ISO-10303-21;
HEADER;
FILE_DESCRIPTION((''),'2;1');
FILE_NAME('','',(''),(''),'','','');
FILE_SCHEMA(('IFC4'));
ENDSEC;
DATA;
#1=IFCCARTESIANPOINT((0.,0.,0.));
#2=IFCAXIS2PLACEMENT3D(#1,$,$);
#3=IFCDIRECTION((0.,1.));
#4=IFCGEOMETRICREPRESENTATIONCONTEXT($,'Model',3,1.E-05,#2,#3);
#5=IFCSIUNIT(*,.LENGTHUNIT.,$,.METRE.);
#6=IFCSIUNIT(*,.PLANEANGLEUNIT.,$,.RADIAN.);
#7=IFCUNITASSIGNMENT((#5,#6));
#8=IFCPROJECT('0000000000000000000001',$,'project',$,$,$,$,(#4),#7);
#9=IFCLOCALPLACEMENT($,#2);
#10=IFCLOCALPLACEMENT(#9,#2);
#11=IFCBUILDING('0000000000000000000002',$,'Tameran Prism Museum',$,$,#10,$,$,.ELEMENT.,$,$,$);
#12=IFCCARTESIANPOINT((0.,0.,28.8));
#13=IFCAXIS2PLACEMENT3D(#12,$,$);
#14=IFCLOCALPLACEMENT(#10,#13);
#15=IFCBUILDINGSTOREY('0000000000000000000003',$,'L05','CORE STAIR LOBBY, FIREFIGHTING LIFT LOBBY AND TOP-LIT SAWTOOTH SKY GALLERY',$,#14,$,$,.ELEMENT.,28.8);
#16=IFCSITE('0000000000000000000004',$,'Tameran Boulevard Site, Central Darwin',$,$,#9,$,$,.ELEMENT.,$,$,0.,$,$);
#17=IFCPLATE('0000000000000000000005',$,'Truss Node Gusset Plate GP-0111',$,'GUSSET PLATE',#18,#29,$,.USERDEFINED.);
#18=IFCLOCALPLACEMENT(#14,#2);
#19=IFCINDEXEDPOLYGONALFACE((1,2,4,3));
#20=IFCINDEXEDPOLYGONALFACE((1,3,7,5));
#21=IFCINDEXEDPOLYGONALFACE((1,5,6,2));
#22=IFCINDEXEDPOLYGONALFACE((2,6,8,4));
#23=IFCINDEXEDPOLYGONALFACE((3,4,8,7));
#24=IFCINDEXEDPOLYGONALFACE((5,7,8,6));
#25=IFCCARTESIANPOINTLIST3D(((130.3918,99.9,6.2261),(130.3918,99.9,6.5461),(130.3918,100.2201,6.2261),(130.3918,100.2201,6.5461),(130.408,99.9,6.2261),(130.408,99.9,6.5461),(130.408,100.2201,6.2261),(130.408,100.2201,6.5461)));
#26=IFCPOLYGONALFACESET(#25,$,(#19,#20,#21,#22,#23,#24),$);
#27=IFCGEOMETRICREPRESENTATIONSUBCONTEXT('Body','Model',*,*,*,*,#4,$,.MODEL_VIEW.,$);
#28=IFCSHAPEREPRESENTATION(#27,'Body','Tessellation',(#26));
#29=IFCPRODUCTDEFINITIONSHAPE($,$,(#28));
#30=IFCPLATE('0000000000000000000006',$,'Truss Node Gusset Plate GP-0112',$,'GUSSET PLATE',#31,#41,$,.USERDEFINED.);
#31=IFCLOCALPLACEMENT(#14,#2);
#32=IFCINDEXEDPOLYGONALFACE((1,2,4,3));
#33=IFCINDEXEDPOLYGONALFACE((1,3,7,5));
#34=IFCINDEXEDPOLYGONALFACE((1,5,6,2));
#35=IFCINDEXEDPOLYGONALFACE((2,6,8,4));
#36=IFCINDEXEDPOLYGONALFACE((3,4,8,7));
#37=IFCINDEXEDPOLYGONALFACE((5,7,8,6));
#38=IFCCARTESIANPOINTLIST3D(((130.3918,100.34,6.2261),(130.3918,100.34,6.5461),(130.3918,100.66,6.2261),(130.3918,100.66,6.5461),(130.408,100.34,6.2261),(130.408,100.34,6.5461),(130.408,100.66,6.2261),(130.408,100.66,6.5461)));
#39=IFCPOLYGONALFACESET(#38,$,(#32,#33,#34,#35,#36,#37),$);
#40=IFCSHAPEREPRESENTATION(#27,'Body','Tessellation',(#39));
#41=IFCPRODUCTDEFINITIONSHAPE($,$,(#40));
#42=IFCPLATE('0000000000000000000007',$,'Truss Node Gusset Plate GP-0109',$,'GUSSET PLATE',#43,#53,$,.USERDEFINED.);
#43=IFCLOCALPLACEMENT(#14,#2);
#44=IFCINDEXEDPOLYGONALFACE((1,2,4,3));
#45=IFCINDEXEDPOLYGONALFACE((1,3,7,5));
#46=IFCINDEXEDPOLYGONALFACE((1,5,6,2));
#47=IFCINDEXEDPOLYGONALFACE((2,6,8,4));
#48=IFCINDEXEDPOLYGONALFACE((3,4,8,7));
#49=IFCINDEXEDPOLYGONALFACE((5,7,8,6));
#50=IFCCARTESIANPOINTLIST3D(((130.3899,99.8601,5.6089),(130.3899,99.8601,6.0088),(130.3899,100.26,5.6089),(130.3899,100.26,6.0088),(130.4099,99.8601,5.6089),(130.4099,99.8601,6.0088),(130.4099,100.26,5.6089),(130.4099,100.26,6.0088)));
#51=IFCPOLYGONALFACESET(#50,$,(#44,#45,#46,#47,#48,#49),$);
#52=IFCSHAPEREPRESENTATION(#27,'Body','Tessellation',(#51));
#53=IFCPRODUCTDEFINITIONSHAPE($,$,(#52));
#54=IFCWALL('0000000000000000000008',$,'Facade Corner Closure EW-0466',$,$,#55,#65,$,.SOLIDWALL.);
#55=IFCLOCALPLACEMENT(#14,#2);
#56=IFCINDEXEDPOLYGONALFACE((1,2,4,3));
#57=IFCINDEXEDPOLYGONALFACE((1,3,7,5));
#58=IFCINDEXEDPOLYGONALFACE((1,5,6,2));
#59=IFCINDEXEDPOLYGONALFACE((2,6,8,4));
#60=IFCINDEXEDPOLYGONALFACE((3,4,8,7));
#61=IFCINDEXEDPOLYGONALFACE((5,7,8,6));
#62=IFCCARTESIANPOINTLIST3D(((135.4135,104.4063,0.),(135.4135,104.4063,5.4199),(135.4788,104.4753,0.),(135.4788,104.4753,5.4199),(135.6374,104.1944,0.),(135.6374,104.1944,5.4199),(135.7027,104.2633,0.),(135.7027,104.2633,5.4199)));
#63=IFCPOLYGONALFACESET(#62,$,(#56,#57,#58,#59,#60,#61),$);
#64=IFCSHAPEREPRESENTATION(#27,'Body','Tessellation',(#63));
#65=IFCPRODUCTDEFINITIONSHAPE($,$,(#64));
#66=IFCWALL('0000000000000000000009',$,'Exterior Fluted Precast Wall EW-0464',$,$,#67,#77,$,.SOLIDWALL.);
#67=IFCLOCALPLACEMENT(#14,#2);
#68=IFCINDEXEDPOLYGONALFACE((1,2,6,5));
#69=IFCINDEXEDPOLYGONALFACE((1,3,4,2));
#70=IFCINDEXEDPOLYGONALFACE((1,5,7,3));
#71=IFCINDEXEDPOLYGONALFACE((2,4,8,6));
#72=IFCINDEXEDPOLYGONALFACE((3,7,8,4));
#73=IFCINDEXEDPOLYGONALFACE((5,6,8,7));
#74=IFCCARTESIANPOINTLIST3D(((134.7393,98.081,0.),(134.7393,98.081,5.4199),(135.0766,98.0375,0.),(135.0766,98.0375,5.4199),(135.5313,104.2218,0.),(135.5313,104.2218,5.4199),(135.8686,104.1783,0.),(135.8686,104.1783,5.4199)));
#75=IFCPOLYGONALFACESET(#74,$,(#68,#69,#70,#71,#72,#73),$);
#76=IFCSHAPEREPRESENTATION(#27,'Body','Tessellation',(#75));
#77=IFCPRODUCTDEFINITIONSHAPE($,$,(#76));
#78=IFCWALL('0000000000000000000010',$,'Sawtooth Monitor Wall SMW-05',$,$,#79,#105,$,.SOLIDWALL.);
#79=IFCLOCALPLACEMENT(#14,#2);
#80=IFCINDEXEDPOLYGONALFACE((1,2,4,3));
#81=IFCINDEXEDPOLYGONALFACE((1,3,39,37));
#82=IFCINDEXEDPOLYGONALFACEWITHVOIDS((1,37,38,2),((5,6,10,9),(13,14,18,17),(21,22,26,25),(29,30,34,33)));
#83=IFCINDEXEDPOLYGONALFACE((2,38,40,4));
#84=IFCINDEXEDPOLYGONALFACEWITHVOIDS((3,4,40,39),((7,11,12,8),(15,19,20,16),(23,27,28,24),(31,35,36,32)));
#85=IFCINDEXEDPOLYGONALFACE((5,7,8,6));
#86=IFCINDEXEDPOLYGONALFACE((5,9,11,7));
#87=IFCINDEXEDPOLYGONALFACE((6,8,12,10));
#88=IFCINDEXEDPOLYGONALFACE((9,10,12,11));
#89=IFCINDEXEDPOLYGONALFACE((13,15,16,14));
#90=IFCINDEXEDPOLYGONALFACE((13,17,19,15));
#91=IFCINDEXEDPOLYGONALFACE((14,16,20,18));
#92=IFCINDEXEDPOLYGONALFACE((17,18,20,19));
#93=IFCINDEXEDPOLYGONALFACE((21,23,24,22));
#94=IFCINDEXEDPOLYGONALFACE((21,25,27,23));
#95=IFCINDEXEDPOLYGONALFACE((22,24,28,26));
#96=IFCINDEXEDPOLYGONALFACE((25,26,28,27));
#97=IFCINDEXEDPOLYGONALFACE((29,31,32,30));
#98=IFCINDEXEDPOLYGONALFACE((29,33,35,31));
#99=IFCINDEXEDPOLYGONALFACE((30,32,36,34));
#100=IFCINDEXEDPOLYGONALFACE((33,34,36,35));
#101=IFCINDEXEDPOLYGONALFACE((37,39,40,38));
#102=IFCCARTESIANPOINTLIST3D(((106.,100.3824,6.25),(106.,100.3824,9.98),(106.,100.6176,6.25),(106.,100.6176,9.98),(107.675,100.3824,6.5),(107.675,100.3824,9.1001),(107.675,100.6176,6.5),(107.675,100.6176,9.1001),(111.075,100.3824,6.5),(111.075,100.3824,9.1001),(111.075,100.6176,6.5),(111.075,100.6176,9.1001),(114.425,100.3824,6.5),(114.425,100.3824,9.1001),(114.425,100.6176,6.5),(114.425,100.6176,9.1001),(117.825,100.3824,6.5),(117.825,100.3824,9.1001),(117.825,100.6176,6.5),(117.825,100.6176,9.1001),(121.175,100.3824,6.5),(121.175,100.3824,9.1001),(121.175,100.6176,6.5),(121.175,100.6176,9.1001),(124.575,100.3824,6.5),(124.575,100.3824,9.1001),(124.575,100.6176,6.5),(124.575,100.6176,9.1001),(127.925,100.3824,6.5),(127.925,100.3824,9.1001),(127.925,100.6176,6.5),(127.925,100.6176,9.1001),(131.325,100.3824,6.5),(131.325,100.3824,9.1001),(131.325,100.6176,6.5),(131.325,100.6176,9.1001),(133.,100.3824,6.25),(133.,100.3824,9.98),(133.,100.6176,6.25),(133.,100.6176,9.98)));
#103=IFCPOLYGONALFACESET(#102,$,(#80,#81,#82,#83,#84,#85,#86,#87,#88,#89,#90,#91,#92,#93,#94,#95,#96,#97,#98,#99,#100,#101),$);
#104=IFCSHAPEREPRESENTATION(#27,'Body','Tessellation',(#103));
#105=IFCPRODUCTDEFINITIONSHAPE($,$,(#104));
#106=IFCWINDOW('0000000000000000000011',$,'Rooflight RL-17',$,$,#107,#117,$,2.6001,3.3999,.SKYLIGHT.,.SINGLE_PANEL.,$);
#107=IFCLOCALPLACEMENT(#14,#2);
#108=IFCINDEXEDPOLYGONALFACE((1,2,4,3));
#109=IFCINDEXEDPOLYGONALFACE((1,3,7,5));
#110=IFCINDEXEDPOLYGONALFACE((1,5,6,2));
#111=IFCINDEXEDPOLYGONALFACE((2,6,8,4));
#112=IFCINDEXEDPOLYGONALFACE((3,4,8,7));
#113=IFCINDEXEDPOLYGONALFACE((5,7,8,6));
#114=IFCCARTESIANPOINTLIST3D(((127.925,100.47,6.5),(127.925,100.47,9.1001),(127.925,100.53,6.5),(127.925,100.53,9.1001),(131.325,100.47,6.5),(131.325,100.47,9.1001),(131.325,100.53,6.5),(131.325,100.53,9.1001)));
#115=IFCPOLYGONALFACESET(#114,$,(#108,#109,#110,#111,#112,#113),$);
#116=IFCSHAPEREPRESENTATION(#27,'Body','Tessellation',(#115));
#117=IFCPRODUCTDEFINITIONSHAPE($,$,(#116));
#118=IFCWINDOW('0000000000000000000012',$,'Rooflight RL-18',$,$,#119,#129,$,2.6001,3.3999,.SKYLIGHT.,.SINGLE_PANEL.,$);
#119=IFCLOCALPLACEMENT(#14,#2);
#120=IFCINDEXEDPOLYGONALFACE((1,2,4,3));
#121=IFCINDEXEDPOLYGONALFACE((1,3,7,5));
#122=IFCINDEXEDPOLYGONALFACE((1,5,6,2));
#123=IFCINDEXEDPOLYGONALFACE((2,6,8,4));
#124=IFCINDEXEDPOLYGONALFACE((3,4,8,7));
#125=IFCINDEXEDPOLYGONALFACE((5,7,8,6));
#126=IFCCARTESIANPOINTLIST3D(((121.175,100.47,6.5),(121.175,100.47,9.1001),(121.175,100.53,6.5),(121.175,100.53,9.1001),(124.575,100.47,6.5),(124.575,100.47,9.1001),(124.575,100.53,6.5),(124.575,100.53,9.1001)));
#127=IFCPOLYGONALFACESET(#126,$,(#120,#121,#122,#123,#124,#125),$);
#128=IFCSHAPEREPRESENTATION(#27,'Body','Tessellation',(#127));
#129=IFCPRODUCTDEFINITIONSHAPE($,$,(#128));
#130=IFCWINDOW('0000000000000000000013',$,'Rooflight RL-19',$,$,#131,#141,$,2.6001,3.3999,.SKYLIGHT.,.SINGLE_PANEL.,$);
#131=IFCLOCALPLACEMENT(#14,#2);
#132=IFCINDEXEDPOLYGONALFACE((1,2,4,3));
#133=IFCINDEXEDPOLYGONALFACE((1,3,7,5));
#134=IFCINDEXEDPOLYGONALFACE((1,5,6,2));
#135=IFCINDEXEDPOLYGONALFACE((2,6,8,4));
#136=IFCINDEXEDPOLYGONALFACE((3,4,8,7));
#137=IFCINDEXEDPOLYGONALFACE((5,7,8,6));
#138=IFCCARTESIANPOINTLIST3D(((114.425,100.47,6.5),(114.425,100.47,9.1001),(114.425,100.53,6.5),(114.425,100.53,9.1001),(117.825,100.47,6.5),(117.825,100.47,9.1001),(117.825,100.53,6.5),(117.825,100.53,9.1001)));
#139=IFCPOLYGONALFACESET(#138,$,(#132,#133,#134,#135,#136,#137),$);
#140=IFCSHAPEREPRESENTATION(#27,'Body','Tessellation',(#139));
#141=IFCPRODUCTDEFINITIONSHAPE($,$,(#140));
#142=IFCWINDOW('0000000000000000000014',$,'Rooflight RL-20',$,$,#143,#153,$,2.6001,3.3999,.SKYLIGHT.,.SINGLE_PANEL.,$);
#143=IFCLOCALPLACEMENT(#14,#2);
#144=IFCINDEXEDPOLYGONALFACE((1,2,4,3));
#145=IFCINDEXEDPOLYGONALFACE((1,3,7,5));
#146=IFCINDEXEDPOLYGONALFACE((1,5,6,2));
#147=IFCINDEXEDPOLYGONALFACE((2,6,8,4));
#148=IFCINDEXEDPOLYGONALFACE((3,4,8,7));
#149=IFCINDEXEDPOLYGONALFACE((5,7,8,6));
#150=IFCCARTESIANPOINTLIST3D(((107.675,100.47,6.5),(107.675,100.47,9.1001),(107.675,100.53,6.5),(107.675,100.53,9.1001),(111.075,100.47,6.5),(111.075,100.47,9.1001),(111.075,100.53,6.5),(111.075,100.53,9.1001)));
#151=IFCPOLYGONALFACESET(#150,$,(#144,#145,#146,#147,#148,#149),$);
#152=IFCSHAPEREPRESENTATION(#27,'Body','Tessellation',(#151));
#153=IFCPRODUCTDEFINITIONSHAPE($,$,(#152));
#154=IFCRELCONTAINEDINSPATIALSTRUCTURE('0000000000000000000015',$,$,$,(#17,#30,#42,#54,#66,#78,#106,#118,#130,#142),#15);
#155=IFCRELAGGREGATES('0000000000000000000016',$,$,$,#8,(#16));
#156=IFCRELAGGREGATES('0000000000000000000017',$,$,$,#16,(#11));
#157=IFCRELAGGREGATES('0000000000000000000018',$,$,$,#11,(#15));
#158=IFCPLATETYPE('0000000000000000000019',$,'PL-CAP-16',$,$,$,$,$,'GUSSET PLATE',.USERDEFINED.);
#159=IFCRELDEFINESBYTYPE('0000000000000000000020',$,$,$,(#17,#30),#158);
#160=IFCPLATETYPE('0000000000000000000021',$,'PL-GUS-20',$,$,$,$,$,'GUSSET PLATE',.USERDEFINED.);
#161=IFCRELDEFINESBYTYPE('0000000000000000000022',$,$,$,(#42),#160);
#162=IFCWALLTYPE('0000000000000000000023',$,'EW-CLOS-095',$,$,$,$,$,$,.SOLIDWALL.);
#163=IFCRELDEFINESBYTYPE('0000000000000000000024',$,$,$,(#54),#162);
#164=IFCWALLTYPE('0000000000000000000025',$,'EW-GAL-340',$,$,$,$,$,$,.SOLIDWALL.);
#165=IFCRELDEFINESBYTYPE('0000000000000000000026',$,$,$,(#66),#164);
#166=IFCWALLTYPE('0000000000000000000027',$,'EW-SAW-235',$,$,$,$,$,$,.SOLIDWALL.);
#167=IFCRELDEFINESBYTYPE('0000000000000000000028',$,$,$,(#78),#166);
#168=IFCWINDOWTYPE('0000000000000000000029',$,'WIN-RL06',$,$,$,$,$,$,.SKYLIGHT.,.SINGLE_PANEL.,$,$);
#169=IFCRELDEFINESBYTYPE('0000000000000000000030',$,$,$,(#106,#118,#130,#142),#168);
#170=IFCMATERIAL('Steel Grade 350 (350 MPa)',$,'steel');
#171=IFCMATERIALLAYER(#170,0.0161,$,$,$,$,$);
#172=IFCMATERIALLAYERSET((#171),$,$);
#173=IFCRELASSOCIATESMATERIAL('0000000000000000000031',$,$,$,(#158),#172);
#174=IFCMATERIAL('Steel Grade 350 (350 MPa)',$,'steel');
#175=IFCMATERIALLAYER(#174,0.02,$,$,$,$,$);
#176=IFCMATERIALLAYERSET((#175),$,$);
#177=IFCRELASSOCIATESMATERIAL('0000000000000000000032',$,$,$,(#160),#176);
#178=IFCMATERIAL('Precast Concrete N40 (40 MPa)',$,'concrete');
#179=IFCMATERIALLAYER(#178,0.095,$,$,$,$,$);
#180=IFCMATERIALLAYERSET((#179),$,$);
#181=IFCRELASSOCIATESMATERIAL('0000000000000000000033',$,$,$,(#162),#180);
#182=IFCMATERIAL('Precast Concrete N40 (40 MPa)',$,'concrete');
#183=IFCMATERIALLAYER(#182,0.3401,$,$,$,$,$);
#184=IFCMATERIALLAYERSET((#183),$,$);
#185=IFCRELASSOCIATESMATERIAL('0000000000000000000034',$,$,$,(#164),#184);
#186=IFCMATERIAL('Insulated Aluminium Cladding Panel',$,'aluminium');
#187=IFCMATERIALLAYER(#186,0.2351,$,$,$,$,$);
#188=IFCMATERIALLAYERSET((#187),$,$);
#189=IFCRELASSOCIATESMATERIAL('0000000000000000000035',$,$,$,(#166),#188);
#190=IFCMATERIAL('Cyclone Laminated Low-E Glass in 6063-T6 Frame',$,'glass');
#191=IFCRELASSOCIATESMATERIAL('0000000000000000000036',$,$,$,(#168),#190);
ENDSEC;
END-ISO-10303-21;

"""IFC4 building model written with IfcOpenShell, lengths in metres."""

from ifc_helpers import new_model, si_unit, direction, frame, frame_2d, origin, origin_2d, place, context, subcontext, project, spatial, rectangle, extrude, material, layer, layer_set, type_object, element, fill, save


model = new_model("IFC4")

# Units and contexts
model_context = context("Model", 3, precision=1e-05, world=origin(), true_north=direction((0.0, 1.0)))
body_context = subcontext(model_context, "Body", "Model", "MODEL_VIEW")
ifc_project = project(units=[si_unit("LENGTHUNIT", "METRE"), si_unit("PLANEANGLEUNIT", "RADIAN")], contexts=[model_context])

# Site, building, storey
site_placement = place(None, origin())
site = spatial("IfcSite", under=ifc_project, at=site_placement, Name="Tameran Boulevard Site, Central Darwin", CompositionType="ELEMENT", RefElevation=0.0)
building_placement = place(site_placement, origin())
building = spatial("IfcBuilding", under=site, at=building_placement, Name="Tameran Prism Museum", CompositionType="ELEMENT")
storey_placement = place(building_placement, frame((0.0, 0.0, 28.8)))
storey = spatial("IfcBuildingStorey", under=building, at=storey_placement, Name="L05", Description="CORE STAIR LOBBY, FIREFIGHTING LIFT LOBBY AND TOP-LIT SAWTOOTH SKY GALLERY", CompositionType="ELEMENT", Elevation=28.8)

# Plates
ifc_material_1 = material(Name="Steel Grade 350 (350 MPa)", Category="steel")
ifc_layer_1 = layer(ifc_material_1, 0.0161)
ifc_layer_set_1 = layer_set([ifc_layer_1])
plate_type_1 = type_object("IfcPlateType", Name="PL-CAP-16", ElementType="GUSSET PLATE", PredefinedType="USERDEFINED", material=ifc_layer_set_1)
for number, where, z_axis, x_axis, name in (
    (1, (130.3999, 100.0601, 6.2261), (0.0, 0.0, 1.0), (1.0, 0.0, 0.0), "Truss Node Gusset Plate GP-0111"),
    (2, (130.3999, 100.5, 6.2261), (0.0, 0.0, 1.0), (1.0, 0.0, 0.0), "Truss Node Gusset Plate GP-0112"),
):
    element("IfcPlate", number, at=place(storey_placement, frame(where, z_axis=z_axis, x_axis=x_axis)), inside=storey, type_object=plate_type_1, Name=name, ObjectType="GUSSET PLATE", PredefinedType="USERDEFINED", context=body_context, shape_type="SweptSolid", body=[
        extrude(rectangle(XDim=0.0161, YDim=0.3201, at=origin_2d()), origin(), (0.0, 0.0, 1.0), 0.3201),
    ])
ifc_material_2 = material(Name="Steel Grade 350 (350 MPa)", Category="steel")
ifc_layer_2 = layer(ifc_material_2, 0.02)
ifc_layer_set_2 = layer_set([ifc_layer_2])
plate_type_2 = type_object("IfcPlateType", Name="PL-GUS-20", ElementType="GUSSET PLATE", PredefinedType="USERDEFINED", material=ifc_layer_set_2)
plate_1_placement = place(storey_placement, frame((130.3999, 100.0601, 5.6089), z_axis=(0.0, 0.0, 1.0), x_axis=(1.0, 0.0, 0.0)))
element("IfcPlate", 3, at=plate_1_placement, inside=storey, type_object=plate_type_2, Name="Truss Node Gusset Plate GP-0109", ObjectType="GUSSET PLATE", PredefinedType="USERDEFINED", context=body_context, shape_type="SweptSolid", body=[
    extrude(rectangle(XDim=0.02, YDim=0.3999, at=origin_2d()), origin(), (0.0, 0.0, 1.0), 0.3999),
])

# Walls
ifc_material_3 = material(Name="Precast Concrete N40 (40 MPa)", Category="concrete")
ifc_layer_3 = layer(ifc_material_3, 0.095)
ifc_layer_set_3 = layer_set([ifc_layer_3])
wall_type_1 = type_object("IfcWallType", Name="EW-CLOS-095", PredefinedType="SOLIDWALL", material=ifc_layer_set_3)
wall_1_placement = place(storey_placement, frame((135.446, 104.4409, 0.0), z_axis=(0.0, 0.0, 1.0), x_axis=(0.726244, -0.687437, 0.0)))
element("IfcWall", 4, at=wall_1_placement, inside=storey, type_object=wall_type_1, Name="Facade Corner Closure EW-0466", PredefinedType="SOLIDWALL", context=body_context, shape_type="SweptSolid", body=[
    extrude(rectangle(XDim=0.3083, YDim=0.095, at=frame_2d((0.1543, 0.0))), origin(), (0.0, 0.0, 1.0), 5.4199),
])
ifc_material_4 = material(Name="Precast Concrete N40 (40 MPa)", Category="concrete")
ifc_layer_4 = layer(ifc_material_4, 0.3401)
ifc_layer_set_4 = layer_set([ifc_layer_4])
wall_type_2 = type_object("IfcWallType", Name="EW-GAL-340", PredefinedType="SOLIDWALL", material=ifc_layer_set_4)
wall_2_placement = place(storey_placement, frame((135.7, 104.2, 0.0), z_axis=(0.0, 0.0, 1.0), x_axis=(-0.127911, -0.991786, 0.0)))
element("IfcWall", 5, at=wall_2_placement, inside=storey, type_object=wall_type_2, Name="Exterior Fluted Precast Wall EW-0464", PredefinedType="SOLIDWALL", context=body_context, shape_type="SweptSolid", body=[
    extrude(rectangle(XDim=6.1917, YDim=0.3401, at=frame_2d((3.0957, 0.0))), origin(), (0.0, 0.0, 1.0), 5.4199),
])

# Wall, openings, windows
ifc_material_5 = material(Name="Insulated Aluminium Cladding Panel", Category="aluminium")
ifc_layer_5 = layer(ifc_material_5, 0.2351)
ifc_layer_set_5 = layer_set([ifc_layer_5])
wall_type_3 = type_object("IfcWallType", Name="EW-SAW-235", PredefinedType="SOLIDWALL", material=ifc_layer_set_5)
wall_3_placement = place(storey_placement, frame((133.0, 100.5, 6.25), z_axis=(0.0, 0.0, 1.0), x_axis=(-1.0, 0.0, 0.0)))
wall_3 = element("IfcWall", 6, at=wall_3_placement, inside=storey, type_object=wall_type_3, Name="Sawtooth Monitor Wall SMW-05", PredefinedType="SOLIDWALL", context=body_context, shape_type="SweptSolid", body=[
    extrude(rectangle(XDim=27.0, YDim=0.2351, at=frame_2d((13.5, 0.0))), origin(), (0.0, 0.0, 1.0), 3.73),
])
opening_1_placement = place(wall_3_placement, frame((1.675, 0.0, 0.25)))
opening_1 = element("IfcOpeningElement", 7, at=opening_1_placement, cuts=wall_3, PredefinedType="OPENING", context=body_context, shape_type="SweptSolid", body=[
    extrude(rectangle(XDim=3.3999, YDim=2.6001, at=frame_2d((1.7, 1.3))), frame((0.0, 0.1274, 0.0), z_axis=(0.0, -1.0, 0.0), x_axis=(1.0, 0.0, 0.0)), (0.0, 0.0, 1.0), 0.2551),
])
opening_2_placement = place(wall_3_placement, frame((8.425, 0.0, 0.25)))
opening_2 = element("IfcOpeningElement", 8, at=opening_2_placement, cuts=wall_3, PredefinedType="OPENING", context=body_context, shape_type="SweptSolid", body=[
    extrude(rectangle(XDim=3.3999, YDim=2.6001, at=frame_2d((1.7, 1.3))), frame((0.0, 0.1274, 0.0), z_axis=(0.0, -1.0, 0.0), x_axis=(1.0, 0.0, 0.0)), (0.0, 0.0, 1.0), 0.2551),
])
opening_3_placement = place(wall_3_placement, frame((15.175, 0.0, 0.25)))
opening_3 = element("IfcOpeningElement", 9, at=opening_3_placement, cuts=wall_3, PredefinedType="OPENING", context=body_context, shape_type="SweptSolid", body=[
    extrude(rectangle(XDim=3.3999, YDim=2.6001, at=frame_2d((1.7, 1.3))), frame((0.0, 0.1274, 0.0), z_axis=(0.0, -1.0, 0.0), x_axis=(1.0, 0.0, 0.0)), (0.0, 0.0, 1.0), 0.2551),
])
opening_4_placement = place(wall_3_placement, frame((21.925, 0.0, 0.25)))
opening_4 = element("IfcOpeningElement", 10, at=opening_4_placement, cuts=wall_3, PredefinedType="OPENING", context=body_context, shape_type="SweptSolid", body=[
    extrude(rectangle(XDim=3.3999, YDim=2.6001, at=frame_2d((1.7, 1.3))), frame((0.0, 0.1274, 0.0), z_axis=(0.0, -1.0, 0.0), x_axis=(1.0, 0.0, 0.0)), (0.0, 0.0, 1.0), 0.2551),
])
ifc_material_6 = material(Name="Cyclone Laminated Low-E Glass in 6063-T6 Frame", Category="glass")
window_type = type_object("IfcWindowType", Name="WIN-RL06", PartitioningType="SINGLE_PANEL", PredefinedType="SKYLIGHT", material=ifc_material_6)
window_1_placement = place(opening_1_placement, origin())
window_1 = element("IfcWindow", 11, at=window_1_placement, inside=storey, type_object=window_type, Name="Rooflight RL-17", OverallHeight=2.6001, OverallWidth=3.3999, PartitioningType="SINGLE_PANEL", PredefinedType="SKYLIGHT", context=body_context, shape_type="SweptSolid", body=[
    extrude(rectangle(XDim=3.3999, YDim=2.6001, at=frame_2d((1.7, 1.3))), frame((0.0, 0.03, 0.0), z_axis=(0.0, -1.0, 0.0), x_axis=(1.0, 0.0, 0.0)), (0.0, 0.0, 1.0), 0.0601),
])
fill(opening_1, window_1)
window_2_placement = place(opening_2_placement, origin())
window_2 = element("IfcWindow", 12, at=window_2_placement, inside=storey, type_object=window_type, Name="Rooflight RL-18", OverallHeight=2.6001, OverallWidth=3.3999, PartitioningType="SINGLE_PANEL", PredefinedType="SKYLIGHT", context=body_context, shape_type="SweptSolid", body=[
    extrude(rectangle(XDim=3.3999, YDim=2.6001, at=frame_2d((1.7, 1.3))), frame((0.0, 0.03, 0.0), z_axis=(0.0, -1.0, 0.0), x_axis=(1.0, 0.0, 0.0)), (0.0, 0.0, 1.0), 0.0601),
])
fill(opening_2, window_2)
window_3_placement = place(opening_3_placement, origin())
window_3 = element("IfcWindow", 13, at=window_3_placement, inside=storey, type_object=window_type, Name="Rooflight RL-19", OverallHeight=2.6001, OverallWidth=3.3999, PartitioningType="SINGLE_PANEL", PredefinedType="SKYLIGHT", context=body_context, shape_type="SweptSolid", body=[
    extrude(rectangle(XDim=3.3999, YDim=2.6001, at=frame_2d((1.7, 1.3))), frame((0.0, 0.03, 0.0), z_axis=(0.0, -1.0, 0.0), x_axis=(1.0, 0.0, 0.0)), (0.0, 0.0, 1.0), 0.0601),
])
fill(opening_3, window_3)
window_4_placement = place(opening_4_placement, origin())
window_4 = element("IfcWindow", 14, at=window_4_placement, inside=storey, type_object=window_type, Name="Rooflight RL-20", OverallHeight=2.6001, OverallWidth=3.3999, PartitioningType="SINGLE_PANEL", PredefinedType="SKYLIGHT", context=body_context, shape_type="SweptSolid", body=[
    extrude(rectangle(XDim=3.3999, YDim=2.6001, at=frame_2d((1.7, 1.3))), frame((0.0, 0.03, 0.0), z_axis=(0.0, -1.0, 0.0), x_axis=(1.0, 0.0, 0.0)), (0.0, 0.0, 1.0), 0.0601),
])
fill(opening_4, window_4)

save(model, "model.ifc")
